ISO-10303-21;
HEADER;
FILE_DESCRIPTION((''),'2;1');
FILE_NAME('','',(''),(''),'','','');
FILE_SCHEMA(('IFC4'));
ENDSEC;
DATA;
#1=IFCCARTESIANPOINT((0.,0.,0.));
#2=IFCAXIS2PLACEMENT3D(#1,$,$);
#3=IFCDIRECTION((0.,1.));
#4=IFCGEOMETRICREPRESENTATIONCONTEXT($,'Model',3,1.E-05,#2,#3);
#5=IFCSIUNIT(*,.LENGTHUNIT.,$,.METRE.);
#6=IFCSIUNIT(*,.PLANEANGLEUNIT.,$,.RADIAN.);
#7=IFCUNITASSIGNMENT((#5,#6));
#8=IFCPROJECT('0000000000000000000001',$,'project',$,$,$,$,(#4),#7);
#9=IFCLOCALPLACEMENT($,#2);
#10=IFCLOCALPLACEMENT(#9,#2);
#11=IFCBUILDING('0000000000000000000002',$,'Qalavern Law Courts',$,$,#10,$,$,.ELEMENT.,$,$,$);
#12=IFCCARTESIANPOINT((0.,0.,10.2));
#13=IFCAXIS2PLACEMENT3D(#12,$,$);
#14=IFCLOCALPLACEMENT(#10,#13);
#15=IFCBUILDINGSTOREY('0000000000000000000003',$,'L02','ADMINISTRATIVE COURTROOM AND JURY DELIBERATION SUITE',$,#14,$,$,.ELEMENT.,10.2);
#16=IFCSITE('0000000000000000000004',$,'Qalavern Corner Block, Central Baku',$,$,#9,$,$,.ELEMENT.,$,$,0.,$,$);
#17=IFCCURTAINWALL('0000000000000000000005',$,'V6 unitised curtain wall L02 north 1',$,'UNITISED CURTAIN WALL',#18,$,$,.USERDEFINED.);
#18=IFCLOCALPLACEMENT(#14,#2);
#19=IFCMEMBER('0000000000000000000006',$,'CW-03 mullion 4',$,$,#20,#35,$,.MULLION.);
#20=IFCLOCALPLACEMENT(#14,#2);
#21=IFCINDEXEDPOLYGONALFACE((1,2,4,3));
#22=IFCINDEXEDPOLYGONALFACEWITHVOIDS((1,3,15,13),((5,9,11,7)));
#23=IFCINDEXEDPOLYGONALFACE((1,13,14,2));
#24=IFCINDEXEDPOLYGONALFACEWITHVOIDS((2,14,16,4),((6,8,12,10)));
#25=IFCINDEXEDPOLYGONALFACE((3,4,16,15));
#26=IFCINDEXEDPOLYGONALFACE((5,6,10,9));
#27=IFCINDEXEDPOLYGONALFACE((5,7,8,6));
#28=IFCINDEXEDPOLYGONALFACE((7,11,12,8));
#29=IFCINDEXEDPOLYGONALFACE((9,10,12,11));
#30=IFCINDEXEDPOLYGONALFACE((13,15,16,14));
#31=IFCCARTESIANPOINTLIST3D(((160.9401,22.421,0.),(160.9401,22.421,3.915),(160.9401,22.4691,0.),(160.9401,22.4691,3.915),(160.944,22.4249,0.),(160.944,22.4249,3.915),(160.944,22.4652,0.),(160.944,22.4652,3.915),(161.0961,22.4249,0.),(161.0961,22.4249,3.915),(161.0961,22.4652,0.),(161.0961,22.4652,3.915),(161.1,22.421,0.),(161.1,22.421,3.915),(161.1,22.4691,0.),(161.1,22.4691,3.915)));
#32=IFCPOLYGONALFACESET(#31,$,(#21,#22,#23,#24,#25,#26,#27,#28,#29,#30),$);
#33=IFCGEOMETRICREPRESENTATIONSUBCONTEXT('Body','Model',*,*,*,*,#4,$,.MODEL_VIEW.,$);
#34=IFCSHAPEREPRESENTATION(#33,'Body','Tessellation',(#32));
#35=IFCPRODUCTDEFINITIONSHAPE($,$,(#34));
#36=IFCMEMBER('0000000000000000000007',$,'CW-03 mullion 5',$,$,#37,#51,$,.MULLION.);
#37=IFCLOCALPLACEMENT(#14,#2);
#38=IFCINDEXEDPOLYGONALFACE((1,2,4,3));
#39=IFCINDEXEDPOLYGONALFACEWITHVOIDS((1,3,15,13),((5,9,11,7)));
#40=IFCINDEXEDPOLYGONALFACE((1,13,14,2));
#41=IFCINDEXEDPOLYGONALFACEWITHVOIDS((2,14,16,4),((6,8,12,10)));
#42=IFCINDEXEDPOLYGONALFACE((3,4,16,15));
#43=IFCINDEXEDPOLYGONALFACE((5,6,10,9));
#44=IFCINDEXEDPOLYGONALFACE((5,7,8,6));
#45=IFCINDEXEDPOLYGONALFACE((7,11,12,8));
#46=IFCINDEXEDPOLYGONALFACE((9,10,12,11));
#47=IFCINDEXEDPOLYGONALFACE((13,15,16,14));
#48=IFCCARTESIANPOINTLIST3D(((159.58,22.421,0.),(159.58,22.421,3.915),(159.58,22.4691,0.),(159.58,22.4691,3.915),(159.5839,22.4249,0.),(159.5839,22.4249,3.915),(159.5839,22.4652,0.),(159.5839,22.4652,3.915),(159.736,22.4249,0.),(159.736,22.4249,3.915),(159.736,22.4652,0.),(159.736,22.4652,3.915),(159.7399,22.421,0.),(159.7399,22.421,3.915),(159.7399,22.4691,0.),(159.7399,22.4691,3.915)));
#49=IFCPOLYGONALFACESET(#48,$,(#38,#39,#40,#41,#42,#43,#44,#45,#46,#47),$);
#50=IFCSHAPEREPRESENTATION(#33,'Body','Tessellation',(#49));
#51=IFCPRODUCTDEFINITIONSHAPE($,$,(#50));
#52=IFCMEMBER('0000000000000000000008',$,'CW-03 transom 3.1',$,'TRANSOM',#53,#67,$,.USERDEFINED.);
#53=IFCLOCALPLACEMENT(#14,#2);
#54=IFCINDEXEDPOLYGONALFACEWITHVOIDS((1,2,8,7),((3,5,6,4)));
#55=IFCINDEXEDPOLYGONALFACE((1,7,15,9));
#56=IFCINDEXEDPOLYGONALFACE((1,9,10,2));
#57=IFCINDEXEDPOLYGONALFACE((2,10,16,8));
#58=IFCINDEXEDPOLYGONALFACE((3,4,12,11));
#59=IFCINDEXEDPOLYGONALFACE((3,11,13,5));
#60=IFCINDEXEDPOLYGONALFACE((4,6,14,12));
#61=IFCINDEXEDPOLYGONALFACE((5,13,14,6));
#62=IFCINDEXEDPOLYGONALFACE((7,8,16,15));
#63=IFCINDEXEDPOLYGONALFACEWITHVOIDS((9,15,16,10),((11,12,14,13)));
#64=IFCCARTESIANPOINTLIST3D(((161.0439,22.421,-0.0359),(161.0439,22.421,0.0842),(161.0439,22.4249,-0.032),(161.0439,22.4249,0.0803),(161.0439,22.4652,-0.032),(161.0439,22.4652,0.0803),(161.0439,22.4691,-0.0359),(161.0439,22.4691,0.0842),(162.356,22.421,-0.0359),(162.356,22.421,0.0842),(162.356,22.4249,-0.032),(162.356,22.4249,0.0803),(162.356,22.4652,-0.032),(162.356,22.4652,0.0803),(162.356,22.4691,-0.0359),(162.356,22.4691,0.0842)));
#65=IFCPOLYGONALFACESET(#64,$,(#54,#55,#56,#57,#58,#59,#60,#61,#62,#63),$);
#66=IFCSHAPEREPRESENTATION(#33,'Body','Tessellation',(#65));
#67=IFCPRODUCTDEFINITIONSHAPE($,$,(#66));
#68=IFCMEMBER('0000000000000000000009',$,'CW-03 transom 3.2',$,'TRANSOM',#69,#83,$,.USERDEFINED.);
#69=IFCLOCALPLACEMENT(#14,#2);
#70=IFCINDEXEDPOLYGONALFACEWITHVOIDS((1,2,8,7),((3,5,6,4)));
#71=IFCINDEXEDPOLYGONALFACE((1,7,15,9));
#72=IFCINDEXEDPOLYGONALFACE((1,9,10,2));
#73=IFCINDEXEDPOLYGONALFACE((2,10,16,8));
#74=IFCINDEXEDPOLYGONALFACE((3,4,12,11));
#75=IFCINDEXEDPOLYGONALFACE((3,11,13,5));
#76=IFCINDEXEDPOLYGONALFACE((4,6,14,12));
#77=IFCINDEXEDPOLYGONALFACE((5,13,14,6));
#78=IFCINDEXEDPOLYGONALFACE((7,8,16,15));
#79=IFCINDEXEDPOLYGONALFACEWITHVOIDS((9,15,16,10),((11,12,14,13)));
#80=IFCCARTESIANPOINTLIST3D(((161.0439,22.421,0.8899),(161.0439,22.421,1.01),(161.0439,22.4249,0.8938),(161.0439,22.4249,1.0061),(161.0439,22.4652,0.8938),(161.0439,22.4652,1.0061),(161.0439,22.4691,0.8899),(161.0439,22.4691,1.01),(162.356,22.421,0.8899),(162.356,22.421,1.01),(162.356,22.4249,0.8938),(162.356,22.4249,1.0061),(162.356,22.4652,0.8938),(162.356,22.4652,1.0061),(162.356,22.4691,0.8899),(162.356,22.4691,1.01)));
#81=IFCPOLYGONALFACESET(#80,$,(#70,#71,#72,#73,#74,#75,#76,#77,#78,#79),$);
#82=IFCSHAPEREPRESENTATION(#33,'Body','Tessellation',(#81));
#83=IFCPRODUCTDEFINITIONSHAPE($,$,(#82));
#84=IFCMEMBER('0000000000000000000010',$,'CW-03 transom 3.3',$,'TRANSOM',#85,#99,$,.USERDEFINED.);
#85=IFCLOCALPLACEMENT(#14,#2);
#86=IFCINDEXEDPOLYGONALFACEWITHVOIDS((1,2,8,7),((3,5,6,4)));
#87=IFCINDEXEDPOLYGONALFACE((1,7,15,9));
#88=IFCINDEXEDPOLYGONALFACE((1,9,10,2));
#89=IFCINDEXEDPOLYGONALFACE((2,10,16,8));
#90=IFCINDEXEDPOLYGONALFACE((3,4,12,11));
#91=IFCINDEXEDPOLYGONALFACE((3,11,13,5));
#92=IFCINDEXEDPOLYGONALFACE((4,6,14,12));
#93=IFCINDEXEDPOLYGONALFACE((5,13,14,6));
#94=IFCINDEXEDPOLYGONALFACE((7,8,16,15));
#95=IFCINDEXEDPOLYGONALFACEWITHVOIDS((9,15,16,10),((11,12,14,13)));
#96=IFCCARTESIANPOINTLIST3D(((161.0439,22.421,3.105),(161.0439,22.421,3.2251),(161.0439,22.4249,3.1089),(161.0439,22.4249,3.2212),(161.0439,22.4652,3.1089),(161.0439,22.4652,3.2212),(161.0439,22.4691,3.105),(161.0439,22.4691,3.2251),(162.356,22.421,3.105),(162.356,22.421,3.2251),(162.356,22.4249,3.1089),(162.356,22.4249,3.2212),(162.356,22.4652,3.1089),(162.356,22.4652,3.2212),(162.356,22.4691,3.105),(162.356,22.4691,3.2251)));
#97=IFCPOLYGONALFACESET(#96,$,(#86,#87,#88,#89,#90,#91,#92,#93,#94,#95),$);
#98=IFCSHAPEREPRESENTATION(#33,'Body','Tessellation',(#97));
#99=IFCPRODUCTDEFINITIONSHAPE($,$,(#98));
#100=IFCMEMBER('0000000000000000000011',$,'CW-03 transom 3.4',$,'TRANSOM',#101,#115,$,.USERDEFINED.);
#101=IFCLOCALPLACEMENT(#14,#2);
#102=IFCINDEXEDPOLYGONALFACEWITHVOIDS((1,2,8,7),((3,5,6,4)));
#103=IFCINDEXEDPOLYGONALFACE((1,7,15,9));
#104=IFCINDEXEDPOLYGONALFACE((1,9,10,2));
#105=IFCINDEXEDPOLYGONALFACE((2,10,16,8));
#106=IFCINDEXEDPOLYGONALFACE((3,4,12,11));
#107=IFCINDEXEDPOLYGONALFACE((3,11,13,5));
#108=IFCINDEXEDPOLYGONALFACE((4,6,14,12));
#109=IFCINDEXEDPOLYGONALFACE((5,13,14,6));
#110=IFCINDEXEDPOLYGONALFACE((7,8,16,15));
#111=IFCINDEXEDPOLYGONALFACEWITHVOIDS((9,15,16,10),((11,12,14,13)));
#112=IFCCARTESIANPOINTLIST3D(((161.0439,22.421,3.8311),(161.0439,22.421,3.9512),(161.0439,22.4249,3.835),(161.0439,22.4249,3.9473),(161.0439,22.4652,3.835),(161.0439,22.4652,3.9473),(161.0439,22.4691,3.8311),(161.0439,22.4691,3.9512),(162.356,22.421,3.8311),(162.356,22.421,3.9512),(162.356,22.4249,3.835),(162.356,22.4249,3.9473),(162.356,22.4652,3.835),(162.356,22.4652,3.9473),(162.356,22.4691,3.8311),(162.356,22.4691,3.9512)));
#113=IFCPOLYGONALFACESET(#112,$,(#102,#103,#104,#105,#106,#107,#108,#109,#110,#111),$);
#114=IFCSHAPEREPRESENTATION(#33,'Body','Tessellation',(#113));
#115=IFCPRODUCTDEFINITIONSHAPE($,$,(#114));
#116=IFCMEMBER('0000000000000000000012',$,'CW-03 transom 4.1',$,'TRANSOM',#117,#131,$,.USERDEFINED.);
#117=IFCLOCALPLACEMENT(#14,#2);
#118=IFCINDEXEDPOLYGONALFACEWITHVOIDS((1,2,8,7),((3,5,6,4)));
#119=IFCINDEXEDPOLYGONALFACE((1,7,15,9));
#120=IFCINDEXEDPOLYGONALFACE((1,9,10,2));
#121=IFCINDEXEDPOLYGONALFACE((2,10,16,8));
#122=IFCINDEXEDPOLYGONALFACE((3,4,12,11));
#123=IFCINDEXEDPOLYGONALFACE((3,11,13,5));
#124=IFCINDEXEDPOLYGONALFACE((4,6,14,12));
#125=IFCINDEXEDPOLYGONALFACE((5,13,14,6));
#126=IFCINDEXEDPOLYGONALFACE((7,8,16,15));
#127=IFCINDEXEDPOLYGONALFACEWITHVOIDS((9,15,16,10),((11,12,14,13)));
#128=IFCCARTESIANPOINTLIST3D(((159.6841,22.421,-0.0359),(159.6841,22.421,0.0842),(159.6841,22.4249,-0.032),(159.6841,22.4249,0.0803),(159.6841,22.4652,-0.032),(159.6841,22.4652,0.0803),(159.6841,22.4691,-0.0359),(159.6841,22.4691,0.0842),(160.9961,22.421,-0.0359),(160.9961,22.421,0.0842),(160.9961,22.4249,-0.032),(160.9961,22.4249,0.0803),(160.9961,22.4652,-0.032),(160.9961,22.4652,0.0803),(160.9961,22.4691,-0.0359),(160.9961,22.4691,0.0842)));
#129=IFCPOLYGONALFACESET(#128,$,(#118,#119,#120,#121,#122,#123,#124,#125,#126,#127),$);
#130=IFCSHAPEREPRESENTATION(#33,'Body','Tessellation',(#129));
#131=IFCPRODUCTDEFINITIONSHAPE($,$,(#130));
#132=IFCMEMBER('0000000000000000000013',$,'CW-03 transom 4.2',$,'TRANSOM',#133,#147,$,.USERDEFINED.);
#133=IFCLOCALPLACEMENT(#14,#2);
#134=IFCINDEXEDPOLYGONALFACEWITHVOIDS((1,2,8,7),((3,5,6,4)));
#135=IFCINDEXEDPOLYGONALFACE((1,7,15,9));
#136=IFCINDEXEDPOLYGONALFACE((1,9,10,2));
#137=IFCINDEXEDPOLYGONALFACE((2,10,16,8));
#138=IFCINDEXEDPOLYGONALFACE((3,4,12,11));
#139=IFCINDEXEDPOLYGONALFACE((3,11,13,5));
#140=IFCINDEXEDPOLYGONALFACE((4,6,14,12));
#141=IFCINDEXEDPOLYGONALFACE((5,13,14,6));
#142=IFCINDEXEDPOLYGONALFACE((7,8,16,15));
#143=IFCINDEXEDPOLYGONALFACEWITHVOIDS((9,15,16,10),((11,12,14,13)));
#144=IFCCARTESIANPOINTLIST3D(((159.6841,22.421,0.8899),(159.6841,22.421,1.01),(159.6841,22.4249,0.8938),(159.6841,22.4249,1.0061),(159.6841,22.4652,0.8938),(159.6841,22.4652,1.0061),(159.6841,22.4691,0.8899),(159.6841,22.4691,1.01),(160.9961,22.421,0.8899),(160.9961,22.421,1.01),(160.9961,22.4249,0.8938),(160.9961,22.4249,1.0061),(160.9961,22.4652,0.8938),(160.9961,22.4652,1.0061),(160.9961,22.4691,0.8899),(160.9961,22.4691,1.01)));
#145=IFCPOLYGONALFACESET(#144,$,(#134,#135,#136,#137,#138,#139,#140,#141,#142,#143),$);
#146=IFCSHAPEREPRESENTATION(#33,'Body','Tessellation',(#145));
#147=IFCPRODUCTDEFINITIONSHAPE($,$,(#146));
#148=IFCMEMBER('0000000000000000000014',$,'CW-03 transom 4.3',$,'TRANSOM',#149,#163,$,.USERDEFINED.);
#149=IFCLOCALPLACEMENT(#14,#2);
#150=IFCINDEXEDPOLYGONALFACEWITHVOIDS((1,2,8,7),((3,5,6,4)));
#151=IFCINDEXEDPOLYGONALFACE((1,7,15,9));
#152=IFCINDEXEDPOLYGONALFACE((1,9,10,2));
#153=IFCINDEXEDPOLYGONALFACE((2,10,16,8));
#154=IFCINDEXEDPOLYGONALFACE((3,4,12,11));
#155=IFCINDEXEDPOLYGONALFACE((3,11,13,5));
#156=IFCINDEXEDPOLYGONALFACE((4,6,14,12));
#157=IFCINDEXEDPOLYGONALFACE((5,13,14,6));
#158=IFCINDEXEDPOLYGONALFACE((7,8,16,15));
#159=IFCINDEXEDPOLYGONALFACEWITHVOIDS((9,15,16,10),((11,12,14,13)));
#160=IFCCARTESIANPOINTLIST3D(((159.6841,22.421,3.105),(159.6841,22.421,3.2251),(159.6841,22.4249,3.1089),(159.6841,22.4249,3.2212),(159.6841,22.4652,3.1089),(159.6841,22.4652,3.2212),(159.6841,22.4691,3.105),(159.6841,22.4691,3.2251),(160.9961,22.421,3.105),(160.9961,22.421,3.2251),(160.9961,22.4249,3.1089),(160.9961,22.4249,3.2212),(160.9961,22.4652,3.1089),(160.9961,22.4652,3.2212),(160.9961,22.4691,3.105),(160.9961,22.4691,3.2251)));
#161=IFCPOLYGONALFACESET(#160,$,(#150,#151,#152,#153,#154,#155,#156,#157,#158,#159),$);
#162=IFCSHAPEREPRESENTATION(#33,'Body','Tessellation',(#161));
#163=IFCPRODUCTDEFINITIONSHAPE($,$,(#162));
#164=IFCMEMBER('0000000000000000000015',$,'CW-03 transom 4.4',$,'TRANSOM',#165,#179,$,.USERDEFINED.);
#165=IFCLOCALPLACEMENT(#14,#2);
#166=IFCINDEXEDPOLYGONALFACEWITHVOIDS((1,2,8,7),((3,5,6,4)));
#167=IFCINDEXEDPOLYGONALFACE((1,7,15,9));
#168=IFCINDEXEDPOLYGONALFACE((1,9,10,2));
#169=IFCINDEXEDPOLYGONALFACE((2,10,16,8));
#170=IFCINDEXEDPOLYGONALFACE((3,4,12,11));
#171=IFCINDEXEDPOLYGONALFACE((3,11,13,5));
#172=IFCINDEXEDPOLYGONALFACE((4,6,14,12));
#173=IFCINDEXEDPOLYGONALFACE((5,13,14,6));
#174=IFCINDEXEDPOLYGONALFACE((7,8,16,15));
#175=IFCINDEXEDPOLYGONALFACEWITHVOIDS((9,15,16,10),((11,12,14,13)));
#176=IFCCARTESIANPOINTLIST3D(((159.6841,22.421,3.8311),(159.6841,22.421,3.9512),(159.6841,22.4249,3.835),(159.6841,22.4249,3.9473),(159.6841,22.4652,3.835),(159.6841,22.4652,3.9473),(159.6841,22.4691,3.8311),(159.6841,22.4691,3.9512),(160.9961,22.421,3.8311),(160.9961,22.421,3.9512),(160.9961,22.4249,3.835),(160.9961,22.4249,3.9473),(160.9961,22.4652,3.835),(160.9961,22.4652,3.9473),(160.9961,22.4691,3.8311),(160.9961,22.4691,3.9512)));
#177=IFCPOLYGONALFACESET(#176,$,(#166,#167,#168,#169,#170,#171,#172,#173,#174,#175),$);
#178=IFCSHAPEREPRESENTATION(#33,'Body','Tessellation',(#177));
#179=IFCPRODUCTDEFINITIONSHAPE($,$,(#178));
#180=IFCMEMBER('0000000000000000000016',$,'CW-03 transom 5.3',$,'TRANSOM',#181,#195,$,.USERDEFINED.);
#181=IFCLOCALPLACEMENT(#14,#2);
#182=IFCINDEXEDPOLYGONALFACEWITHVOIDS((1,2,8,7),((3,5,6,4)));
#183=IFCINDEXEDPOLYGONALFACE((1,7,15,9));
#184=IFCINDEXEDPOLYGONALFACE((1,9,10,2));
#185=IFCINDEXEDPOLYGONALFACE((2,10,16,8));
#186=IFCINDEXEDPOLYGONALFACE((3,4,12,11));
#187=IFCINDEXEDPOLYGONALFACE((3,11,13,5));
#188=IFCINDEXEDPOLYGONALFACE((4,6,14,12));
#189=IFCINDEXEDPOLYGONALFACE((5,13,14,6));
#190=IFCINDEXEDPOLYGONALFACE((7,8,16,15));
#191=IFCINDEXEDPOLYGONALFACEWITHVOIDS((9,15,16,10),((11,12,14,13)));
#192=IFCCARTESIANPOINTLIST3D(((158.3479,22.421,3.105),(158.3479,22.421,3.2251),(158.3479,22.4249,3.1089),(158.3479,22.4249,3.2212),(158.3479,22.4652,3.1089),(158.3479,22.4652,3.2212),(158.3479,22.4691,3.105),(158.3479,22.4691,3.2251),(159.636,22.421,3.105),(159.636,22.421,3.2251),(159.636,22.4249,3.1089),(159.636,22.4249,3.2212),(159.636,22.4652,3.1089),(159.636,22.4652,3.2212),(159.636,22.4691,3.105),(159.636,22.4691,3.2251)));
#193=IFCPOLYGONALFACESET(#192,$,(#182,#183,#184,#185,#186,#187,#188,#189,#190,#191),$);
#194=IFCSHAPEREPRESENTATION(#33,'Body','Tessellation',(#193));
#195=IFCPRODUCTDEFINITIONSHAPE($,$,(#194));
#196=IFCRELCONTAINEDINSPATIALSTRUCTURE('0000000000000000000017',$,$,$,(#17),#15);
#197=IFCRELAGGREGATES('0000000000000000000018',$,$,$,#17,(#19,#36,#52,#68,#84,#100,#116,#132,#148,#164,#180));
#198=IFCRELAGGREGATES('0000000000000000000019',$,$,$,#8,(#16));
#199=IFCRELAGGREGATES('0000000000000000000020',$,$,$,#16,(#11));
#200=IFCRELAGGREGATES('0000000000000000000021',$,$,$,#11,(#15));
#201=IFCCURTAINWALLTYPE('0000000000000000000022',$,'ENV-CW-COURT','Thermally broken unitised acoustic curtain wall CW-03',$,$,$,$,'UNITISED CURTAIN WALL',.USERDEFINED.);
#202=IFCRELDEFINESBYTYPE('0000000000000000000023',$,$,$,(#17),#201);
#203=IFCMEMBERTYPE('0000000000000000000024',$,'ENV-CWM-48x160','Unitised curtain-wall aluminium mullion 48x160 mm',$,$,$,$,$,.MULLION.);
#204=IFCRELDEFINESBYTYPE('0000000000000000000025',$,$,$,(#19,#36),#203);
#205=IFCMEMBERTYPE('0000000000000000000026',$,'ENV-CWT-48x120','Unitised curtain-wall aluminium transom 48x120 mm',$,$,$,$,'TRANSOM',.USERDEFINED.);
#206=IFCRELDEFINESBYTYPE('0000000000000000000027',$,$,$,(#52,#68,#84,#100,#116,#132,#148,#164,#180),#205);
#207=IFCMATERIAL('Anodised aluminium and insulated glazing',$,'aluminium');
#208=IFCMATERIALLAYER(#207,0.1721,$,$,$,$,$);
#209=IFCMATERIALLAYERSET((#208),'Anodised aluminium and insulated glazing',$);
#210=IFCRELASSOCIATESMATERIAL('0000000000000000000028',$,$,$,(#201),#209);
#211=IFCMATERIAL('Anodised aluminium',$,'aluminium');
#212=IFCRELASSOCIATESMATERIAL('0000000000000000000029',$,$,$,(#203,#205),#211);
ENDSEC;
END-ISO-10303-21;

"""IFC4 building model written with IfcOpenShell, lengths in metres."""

from ifc_helpers import new_model, si_unit, direction, frame, origin, origin_2d, place, context, subcontext, project, spatial, hollow_rectangle, extrude, material, layer, layer_set, material_profile, profile_set, type_object, element, aggregate, save


model = new_model("IFC4")

# Units and contexts
model_context = context("Model", 3, precision=1e-05, world=origin(), true_north=direction((0.0, 1.0)))
body_context = subcontext(model_context, "Body", "Model", "MODEL_VIEW")
ifc_project = project(units=[si_unit("LENGTHUNIT", "METRE"), si_unit("PLANEANGLEUNIT", "RADIAN")], contexts=[model_context])

# Site, building, storey
site_placement = place(None, origin())
site = spatial("IfcSite", under=ifc_project, at=site_placement, Name="Qalavern Corner Block, Central Baku", CompositionType="ELEMENT", RefElevation=0.0)
building_placement = place(site_placement, origin())
building = spatial("IfcBuilding", under=site, at=building_placement, Name="Qalavern Law Courts", CompositionType="ELEMENT")
storey_placement = place(building_placement, frame((0.0, 0.0, 10.2)))
storey = spatial("IfcBuildingStorey", under=building, at=storey_placement, Name="L02", Description="ADMINISTRATIVE COURTROOM AND JURY DELIBERATION SUITE", CompositionType="ELEMENT", Elevation=10.2)

# Curtain wall, members
ifc_material_1 = material(Name="Anodised aluminium and insulated glazing", Category="aluminium")
ifc_layer_1 = layer(ifc_material_1, 0.1721)
ifc_layer_set_1 = layer_set([ifc_layer_1], Name="Anodised aluminium and insulated glazing")
curtain_wall_type = type_object("IfcCurtainWallType", Name="ENV-CW-COURT", Description="Thermally broken unitised acoustic curtain wall CW-03", ElementType="UNITISED CURTAIN WALL", PredefinedType="USERDEFINED", material=ifc_layer_set_1)
curtain_wall_placement = place(storey_placement, origin())
curtain_wall = element("IfcCurtainWall", 1, at=curtain_wall_placement, inside=storey, type_object=curtain_wall_type, Name="V6 unitised curtain wall L02 north 1", ObjectType="UNITISED CURTAIN WALL", PredefinedType="USERDEFINED")
ifc_material_2 = material(Name="Anodised aluminium", Category="aluminium")
ifc_material_profile_1 = material_profile(ifc_material_2, hollow_rectangle(XDim=0.0481, YDim=0.1599, WallThickness=0.0039, at=origin_2d()), Name="ALU MULLION 48x160")
ifc_profile_set_1 = profile_set([ifc_material_profile_1], Name="Anodised aluminium")
member_type_1 = type_object("IfcMemberType", Name="ENV-CWM-48x160", Description="Unitised curtain-wall aluminium mullion 48x160 mm", PredefinedType="MULLION", material=ifc_profile_set_1)
member_1_placement = place(storey_placement, frame((161.02, 22.4451, 0.0), z_axis=(0.0, 0.0, 1.0), x_axis=(0.0, -1.0, 0.0)))
member_1 = element("IfcMember", 2, at=member_1_placement, type_object=member_type_1, Name="CW-03 mullion 4", PredefinedType="MULLION", context=body_context, shape_type="SweptSolid", body=[
    extrude(hollow_rectangle(XDim=0.0481, YDim=0.1599, WallThickness=0.0039, at=origin_2d()), origin(), (0.0, 0.0, 1.0), 3.915),
])
member_2_placement = place(storey_placement, frame((159.6599, 22.4451, 0.0), z_axis=(0.0, 0.0, 1.0), x_axis=(0.0, -1.0, 0.0)))
member_2 = element("IfcMember", 3, at=member_2_placement, type_object=member_type_1, Name="CW-03 mullion 5", PredefinedType="MULLION", context=body_context, shape_type="SweptSolid", body=[
    extrude(hollow_rectangle(XDim=0.0481, YDim=0.1599, WallThickness=0.0039, at=origin_2d()), origin(), (0.0, 0.0, 1.0), 3.915),
])
ifc_material_profile_2 = material_profile(ifc_material_2, hollow_rectangle(XDim=0.0481, YDim=0.1201, WallThickness=0.0039, at=origin_2d()), Name="ALU TRANSOM 48x120")
ifc_profile_set_2 = profile_set([ifc_material_profile_2], Name="Anodised aluminium")
member_type_2 = type_object("IfcMemberType", Name="ENV-CWT-48x120", Description="Unitised curtain-wall aluminium transom 48x120 mm", ElementType="TRANSOM", PredefinedType="USERDEFINED", material=ifc_profile_set_2)
member_3_placement = place(storey_placement, frame((162.356, 22.4451, 0.0242), z_axis=(-1.0, 0.0, 0.0), x_axis=(0.0, -1.0, 0.0)))
member_3 = element("IfcMember", 4, at=member_3_placement, type_object=member_type_2, Name="CW-03 transom 3.1", ObjectType="TRANSOM", PredefinedType="USERDEFINED", context=body_context, shape_type="SweptSolid", body=[
    extrude(hollow_rectangle(XDim=0.0481, YDim=0.1201, WallThickness=0.0039, at=origin_2d()), origin(), (0.0, 0.0, 1.0), 1.312),
])
member_4_placement = place(storey_placement, frame((162.356, 22.4451, 0.95), z_axis=(-1.0, 0.0, 0.0), x_axis=(0.0, -1.0, 0.0)))
member_4 = element("IfcMember", 5, at=member_4_placement, type_object=member_type_2, Name="CW-03 transom 3.2", ObjectType="TRANSOM", PredefinedType="USERDEFINED", context=body_context, shape_type="SweptSolid", body=[
    extrude(hollow_rectangle(XDim=0.0481, YDim=0.1201, WallThickness=0.0039, at=origin_2d()), origin(), (0.0, 0.0, 1.0), 1.312),
])
member_5_placement = place(storey_placement, frame((162.356, 22.4451, 3.165), z_axis=(-1.0, 0.0, 0.0), x_axis=(0.0, -1.0, 0.0)))
member_5 = element("IfcMember", 6, at=member_5_placement, type_object=member_type_2, Name="CW-03 transom 3.3", ObjectType="TRANSOM", PredefinedType="USERDEFINED", context=body_context, shape_type="SweptSolid", body=[
    extrude(hollow_rectangle(XDim=0.0481, YDim=0.1201, WallThickness=0.0039, at=origin_2d()), origin(), (0.0, 0.0, 1.0), 1.312),
])
member_6_placement = place(storey_placement, frame((162.356, 22.4451, 3.8911), z_axis=(-1.0, 0.0, 0.0), x_axis=(0.0, -1.0, 0.0)))
member_6 = element("IfcMember", 7, at=member_6_placement, type_object=member_type_2, Name="CW-03 transom 3.4", ObjectType="TRANSOM", PredefinedType="USERDEFINED", context=body_context, shape_type="SweptSolid", body=[
    extrude(hollow_rectangle(XDim=0.0481, YDim=0.1201, WallThickness=0.0039, at=origin_2d()), origin(), (0.0, 0.0, 1.0), 1.312),
])
member_7_placement = place(storey_placement, frame((160.9961, 22.4451, 0.0242), z_axis=(-1.0, 0.0, 0.0), x_axis=(0.0, -1.0, 0.0)))
member_7 = element("IfcMember", 8, at=member_7_placement, type_object=member_type_2, Name="CW-03 transom 4.1", ObjectType="TRANSOM", PredefinedType="USERDEFINED", context=body_context, shape_type="SweptSolid", body=[
    extrude(hollow_rectangle(XDim=0.0481, YDim=0.1201, WallThickness=0.0039, at=origin_2d()), origin(), (0.0, 0.0, 1.0), 1.312),
])
member_8_placement = place(storey_placement, frame((160.9961, 22.4451, 0.95), z_axis=(-1.0, 0.0, 0.0), x_axis=(0.0, -1.0, 0.0)))
member_8 = element("IfcMember", 9, at=member_8_placement, type_object=member_type_2, Name="CW-03 transom 4.2", ObjectType="TRANSOM", PredefinedType="USERDEFINED", context=body_context, shape_type="SweptSolid", body=[
    extrude(hollow_rectangle(XDim=0.0481, YDim=0.1201, WallThickness=0.0039, at=origin_2d()), origin(), (0.0, 0.0, 1.0), 1.312),
])
member_9_placement = place(storey_placement, frame((160.9961, 22.4451, 3.165), z_axis=(-1.0, 0.0, 0.0), x_axis=(0.0, -1.0, 0.0)))
member_9 = element("IfcMember", 10, at=member_9_placement, type_object=member_type_2, Name="CW-03 transom 4.3", ObjectType="TRANSOM", PredefinedType="USERDEFINED", context=body_context, shape_type="SweptSolid", body=[
    extrude(hollow_rectangle(XDim=0.0481, YDim=0.1201, WallThickness=0.0039, at=origin_2d()), origin(), (0.0, 0.0, 1.0), 1.312),
])
member_10_placement = place(storey_placement, frame((160.9961, 22.4451, 3.8911), z_axis=(-1.0, 0.0, 0.0), x_axis=(0.0, -1.0, 0.0)))
member_10 = element("IfcMember", 11, at=member_10_placement, type_object=member_type_2, Name="CW-03 transom 4.4", ObjectType="TRANSOM", PredefinedType="USERDEFINED", context=body_context, shape_type="SweptSolid", body=[
    extrude(hollow_rectangle(XDim=0.0481, YDim=0.1201, WallThickness=0.0039, at=origin_2d()), origin(), (0.0, 0.0, 1.0), 1.312),
])
member_11_placement = place(storey_placement, frame((159.636, 22.4451, 3.165), z_axis=(-1.0, 0.0, 0.0), x_axis=(0.0, -1.0, 0.0)))
member_11 = element("IfcMember", 12, at=member_11_placement, type_object=member_type_2, Name="CW-03 transom 5.3", ObjectType="TRANSOM", PredefinedType="USERDEFINED", context=body_context, shape_type="SweptSolid", body=[
    extrude(hollow_rectangle(XDim=0.0481, YDim=0.1201, WallThickness=0.0039, at=origin_2d()), origin(), (0.0, 0.0, 1.0), 1.2881),
])
aggregate(curtain_wall, [member_1, member_2, member_3, member_4, member_5, member_6, member_7, member_8, member_9, member_10, member_11])

save(model, "model.ifc")
